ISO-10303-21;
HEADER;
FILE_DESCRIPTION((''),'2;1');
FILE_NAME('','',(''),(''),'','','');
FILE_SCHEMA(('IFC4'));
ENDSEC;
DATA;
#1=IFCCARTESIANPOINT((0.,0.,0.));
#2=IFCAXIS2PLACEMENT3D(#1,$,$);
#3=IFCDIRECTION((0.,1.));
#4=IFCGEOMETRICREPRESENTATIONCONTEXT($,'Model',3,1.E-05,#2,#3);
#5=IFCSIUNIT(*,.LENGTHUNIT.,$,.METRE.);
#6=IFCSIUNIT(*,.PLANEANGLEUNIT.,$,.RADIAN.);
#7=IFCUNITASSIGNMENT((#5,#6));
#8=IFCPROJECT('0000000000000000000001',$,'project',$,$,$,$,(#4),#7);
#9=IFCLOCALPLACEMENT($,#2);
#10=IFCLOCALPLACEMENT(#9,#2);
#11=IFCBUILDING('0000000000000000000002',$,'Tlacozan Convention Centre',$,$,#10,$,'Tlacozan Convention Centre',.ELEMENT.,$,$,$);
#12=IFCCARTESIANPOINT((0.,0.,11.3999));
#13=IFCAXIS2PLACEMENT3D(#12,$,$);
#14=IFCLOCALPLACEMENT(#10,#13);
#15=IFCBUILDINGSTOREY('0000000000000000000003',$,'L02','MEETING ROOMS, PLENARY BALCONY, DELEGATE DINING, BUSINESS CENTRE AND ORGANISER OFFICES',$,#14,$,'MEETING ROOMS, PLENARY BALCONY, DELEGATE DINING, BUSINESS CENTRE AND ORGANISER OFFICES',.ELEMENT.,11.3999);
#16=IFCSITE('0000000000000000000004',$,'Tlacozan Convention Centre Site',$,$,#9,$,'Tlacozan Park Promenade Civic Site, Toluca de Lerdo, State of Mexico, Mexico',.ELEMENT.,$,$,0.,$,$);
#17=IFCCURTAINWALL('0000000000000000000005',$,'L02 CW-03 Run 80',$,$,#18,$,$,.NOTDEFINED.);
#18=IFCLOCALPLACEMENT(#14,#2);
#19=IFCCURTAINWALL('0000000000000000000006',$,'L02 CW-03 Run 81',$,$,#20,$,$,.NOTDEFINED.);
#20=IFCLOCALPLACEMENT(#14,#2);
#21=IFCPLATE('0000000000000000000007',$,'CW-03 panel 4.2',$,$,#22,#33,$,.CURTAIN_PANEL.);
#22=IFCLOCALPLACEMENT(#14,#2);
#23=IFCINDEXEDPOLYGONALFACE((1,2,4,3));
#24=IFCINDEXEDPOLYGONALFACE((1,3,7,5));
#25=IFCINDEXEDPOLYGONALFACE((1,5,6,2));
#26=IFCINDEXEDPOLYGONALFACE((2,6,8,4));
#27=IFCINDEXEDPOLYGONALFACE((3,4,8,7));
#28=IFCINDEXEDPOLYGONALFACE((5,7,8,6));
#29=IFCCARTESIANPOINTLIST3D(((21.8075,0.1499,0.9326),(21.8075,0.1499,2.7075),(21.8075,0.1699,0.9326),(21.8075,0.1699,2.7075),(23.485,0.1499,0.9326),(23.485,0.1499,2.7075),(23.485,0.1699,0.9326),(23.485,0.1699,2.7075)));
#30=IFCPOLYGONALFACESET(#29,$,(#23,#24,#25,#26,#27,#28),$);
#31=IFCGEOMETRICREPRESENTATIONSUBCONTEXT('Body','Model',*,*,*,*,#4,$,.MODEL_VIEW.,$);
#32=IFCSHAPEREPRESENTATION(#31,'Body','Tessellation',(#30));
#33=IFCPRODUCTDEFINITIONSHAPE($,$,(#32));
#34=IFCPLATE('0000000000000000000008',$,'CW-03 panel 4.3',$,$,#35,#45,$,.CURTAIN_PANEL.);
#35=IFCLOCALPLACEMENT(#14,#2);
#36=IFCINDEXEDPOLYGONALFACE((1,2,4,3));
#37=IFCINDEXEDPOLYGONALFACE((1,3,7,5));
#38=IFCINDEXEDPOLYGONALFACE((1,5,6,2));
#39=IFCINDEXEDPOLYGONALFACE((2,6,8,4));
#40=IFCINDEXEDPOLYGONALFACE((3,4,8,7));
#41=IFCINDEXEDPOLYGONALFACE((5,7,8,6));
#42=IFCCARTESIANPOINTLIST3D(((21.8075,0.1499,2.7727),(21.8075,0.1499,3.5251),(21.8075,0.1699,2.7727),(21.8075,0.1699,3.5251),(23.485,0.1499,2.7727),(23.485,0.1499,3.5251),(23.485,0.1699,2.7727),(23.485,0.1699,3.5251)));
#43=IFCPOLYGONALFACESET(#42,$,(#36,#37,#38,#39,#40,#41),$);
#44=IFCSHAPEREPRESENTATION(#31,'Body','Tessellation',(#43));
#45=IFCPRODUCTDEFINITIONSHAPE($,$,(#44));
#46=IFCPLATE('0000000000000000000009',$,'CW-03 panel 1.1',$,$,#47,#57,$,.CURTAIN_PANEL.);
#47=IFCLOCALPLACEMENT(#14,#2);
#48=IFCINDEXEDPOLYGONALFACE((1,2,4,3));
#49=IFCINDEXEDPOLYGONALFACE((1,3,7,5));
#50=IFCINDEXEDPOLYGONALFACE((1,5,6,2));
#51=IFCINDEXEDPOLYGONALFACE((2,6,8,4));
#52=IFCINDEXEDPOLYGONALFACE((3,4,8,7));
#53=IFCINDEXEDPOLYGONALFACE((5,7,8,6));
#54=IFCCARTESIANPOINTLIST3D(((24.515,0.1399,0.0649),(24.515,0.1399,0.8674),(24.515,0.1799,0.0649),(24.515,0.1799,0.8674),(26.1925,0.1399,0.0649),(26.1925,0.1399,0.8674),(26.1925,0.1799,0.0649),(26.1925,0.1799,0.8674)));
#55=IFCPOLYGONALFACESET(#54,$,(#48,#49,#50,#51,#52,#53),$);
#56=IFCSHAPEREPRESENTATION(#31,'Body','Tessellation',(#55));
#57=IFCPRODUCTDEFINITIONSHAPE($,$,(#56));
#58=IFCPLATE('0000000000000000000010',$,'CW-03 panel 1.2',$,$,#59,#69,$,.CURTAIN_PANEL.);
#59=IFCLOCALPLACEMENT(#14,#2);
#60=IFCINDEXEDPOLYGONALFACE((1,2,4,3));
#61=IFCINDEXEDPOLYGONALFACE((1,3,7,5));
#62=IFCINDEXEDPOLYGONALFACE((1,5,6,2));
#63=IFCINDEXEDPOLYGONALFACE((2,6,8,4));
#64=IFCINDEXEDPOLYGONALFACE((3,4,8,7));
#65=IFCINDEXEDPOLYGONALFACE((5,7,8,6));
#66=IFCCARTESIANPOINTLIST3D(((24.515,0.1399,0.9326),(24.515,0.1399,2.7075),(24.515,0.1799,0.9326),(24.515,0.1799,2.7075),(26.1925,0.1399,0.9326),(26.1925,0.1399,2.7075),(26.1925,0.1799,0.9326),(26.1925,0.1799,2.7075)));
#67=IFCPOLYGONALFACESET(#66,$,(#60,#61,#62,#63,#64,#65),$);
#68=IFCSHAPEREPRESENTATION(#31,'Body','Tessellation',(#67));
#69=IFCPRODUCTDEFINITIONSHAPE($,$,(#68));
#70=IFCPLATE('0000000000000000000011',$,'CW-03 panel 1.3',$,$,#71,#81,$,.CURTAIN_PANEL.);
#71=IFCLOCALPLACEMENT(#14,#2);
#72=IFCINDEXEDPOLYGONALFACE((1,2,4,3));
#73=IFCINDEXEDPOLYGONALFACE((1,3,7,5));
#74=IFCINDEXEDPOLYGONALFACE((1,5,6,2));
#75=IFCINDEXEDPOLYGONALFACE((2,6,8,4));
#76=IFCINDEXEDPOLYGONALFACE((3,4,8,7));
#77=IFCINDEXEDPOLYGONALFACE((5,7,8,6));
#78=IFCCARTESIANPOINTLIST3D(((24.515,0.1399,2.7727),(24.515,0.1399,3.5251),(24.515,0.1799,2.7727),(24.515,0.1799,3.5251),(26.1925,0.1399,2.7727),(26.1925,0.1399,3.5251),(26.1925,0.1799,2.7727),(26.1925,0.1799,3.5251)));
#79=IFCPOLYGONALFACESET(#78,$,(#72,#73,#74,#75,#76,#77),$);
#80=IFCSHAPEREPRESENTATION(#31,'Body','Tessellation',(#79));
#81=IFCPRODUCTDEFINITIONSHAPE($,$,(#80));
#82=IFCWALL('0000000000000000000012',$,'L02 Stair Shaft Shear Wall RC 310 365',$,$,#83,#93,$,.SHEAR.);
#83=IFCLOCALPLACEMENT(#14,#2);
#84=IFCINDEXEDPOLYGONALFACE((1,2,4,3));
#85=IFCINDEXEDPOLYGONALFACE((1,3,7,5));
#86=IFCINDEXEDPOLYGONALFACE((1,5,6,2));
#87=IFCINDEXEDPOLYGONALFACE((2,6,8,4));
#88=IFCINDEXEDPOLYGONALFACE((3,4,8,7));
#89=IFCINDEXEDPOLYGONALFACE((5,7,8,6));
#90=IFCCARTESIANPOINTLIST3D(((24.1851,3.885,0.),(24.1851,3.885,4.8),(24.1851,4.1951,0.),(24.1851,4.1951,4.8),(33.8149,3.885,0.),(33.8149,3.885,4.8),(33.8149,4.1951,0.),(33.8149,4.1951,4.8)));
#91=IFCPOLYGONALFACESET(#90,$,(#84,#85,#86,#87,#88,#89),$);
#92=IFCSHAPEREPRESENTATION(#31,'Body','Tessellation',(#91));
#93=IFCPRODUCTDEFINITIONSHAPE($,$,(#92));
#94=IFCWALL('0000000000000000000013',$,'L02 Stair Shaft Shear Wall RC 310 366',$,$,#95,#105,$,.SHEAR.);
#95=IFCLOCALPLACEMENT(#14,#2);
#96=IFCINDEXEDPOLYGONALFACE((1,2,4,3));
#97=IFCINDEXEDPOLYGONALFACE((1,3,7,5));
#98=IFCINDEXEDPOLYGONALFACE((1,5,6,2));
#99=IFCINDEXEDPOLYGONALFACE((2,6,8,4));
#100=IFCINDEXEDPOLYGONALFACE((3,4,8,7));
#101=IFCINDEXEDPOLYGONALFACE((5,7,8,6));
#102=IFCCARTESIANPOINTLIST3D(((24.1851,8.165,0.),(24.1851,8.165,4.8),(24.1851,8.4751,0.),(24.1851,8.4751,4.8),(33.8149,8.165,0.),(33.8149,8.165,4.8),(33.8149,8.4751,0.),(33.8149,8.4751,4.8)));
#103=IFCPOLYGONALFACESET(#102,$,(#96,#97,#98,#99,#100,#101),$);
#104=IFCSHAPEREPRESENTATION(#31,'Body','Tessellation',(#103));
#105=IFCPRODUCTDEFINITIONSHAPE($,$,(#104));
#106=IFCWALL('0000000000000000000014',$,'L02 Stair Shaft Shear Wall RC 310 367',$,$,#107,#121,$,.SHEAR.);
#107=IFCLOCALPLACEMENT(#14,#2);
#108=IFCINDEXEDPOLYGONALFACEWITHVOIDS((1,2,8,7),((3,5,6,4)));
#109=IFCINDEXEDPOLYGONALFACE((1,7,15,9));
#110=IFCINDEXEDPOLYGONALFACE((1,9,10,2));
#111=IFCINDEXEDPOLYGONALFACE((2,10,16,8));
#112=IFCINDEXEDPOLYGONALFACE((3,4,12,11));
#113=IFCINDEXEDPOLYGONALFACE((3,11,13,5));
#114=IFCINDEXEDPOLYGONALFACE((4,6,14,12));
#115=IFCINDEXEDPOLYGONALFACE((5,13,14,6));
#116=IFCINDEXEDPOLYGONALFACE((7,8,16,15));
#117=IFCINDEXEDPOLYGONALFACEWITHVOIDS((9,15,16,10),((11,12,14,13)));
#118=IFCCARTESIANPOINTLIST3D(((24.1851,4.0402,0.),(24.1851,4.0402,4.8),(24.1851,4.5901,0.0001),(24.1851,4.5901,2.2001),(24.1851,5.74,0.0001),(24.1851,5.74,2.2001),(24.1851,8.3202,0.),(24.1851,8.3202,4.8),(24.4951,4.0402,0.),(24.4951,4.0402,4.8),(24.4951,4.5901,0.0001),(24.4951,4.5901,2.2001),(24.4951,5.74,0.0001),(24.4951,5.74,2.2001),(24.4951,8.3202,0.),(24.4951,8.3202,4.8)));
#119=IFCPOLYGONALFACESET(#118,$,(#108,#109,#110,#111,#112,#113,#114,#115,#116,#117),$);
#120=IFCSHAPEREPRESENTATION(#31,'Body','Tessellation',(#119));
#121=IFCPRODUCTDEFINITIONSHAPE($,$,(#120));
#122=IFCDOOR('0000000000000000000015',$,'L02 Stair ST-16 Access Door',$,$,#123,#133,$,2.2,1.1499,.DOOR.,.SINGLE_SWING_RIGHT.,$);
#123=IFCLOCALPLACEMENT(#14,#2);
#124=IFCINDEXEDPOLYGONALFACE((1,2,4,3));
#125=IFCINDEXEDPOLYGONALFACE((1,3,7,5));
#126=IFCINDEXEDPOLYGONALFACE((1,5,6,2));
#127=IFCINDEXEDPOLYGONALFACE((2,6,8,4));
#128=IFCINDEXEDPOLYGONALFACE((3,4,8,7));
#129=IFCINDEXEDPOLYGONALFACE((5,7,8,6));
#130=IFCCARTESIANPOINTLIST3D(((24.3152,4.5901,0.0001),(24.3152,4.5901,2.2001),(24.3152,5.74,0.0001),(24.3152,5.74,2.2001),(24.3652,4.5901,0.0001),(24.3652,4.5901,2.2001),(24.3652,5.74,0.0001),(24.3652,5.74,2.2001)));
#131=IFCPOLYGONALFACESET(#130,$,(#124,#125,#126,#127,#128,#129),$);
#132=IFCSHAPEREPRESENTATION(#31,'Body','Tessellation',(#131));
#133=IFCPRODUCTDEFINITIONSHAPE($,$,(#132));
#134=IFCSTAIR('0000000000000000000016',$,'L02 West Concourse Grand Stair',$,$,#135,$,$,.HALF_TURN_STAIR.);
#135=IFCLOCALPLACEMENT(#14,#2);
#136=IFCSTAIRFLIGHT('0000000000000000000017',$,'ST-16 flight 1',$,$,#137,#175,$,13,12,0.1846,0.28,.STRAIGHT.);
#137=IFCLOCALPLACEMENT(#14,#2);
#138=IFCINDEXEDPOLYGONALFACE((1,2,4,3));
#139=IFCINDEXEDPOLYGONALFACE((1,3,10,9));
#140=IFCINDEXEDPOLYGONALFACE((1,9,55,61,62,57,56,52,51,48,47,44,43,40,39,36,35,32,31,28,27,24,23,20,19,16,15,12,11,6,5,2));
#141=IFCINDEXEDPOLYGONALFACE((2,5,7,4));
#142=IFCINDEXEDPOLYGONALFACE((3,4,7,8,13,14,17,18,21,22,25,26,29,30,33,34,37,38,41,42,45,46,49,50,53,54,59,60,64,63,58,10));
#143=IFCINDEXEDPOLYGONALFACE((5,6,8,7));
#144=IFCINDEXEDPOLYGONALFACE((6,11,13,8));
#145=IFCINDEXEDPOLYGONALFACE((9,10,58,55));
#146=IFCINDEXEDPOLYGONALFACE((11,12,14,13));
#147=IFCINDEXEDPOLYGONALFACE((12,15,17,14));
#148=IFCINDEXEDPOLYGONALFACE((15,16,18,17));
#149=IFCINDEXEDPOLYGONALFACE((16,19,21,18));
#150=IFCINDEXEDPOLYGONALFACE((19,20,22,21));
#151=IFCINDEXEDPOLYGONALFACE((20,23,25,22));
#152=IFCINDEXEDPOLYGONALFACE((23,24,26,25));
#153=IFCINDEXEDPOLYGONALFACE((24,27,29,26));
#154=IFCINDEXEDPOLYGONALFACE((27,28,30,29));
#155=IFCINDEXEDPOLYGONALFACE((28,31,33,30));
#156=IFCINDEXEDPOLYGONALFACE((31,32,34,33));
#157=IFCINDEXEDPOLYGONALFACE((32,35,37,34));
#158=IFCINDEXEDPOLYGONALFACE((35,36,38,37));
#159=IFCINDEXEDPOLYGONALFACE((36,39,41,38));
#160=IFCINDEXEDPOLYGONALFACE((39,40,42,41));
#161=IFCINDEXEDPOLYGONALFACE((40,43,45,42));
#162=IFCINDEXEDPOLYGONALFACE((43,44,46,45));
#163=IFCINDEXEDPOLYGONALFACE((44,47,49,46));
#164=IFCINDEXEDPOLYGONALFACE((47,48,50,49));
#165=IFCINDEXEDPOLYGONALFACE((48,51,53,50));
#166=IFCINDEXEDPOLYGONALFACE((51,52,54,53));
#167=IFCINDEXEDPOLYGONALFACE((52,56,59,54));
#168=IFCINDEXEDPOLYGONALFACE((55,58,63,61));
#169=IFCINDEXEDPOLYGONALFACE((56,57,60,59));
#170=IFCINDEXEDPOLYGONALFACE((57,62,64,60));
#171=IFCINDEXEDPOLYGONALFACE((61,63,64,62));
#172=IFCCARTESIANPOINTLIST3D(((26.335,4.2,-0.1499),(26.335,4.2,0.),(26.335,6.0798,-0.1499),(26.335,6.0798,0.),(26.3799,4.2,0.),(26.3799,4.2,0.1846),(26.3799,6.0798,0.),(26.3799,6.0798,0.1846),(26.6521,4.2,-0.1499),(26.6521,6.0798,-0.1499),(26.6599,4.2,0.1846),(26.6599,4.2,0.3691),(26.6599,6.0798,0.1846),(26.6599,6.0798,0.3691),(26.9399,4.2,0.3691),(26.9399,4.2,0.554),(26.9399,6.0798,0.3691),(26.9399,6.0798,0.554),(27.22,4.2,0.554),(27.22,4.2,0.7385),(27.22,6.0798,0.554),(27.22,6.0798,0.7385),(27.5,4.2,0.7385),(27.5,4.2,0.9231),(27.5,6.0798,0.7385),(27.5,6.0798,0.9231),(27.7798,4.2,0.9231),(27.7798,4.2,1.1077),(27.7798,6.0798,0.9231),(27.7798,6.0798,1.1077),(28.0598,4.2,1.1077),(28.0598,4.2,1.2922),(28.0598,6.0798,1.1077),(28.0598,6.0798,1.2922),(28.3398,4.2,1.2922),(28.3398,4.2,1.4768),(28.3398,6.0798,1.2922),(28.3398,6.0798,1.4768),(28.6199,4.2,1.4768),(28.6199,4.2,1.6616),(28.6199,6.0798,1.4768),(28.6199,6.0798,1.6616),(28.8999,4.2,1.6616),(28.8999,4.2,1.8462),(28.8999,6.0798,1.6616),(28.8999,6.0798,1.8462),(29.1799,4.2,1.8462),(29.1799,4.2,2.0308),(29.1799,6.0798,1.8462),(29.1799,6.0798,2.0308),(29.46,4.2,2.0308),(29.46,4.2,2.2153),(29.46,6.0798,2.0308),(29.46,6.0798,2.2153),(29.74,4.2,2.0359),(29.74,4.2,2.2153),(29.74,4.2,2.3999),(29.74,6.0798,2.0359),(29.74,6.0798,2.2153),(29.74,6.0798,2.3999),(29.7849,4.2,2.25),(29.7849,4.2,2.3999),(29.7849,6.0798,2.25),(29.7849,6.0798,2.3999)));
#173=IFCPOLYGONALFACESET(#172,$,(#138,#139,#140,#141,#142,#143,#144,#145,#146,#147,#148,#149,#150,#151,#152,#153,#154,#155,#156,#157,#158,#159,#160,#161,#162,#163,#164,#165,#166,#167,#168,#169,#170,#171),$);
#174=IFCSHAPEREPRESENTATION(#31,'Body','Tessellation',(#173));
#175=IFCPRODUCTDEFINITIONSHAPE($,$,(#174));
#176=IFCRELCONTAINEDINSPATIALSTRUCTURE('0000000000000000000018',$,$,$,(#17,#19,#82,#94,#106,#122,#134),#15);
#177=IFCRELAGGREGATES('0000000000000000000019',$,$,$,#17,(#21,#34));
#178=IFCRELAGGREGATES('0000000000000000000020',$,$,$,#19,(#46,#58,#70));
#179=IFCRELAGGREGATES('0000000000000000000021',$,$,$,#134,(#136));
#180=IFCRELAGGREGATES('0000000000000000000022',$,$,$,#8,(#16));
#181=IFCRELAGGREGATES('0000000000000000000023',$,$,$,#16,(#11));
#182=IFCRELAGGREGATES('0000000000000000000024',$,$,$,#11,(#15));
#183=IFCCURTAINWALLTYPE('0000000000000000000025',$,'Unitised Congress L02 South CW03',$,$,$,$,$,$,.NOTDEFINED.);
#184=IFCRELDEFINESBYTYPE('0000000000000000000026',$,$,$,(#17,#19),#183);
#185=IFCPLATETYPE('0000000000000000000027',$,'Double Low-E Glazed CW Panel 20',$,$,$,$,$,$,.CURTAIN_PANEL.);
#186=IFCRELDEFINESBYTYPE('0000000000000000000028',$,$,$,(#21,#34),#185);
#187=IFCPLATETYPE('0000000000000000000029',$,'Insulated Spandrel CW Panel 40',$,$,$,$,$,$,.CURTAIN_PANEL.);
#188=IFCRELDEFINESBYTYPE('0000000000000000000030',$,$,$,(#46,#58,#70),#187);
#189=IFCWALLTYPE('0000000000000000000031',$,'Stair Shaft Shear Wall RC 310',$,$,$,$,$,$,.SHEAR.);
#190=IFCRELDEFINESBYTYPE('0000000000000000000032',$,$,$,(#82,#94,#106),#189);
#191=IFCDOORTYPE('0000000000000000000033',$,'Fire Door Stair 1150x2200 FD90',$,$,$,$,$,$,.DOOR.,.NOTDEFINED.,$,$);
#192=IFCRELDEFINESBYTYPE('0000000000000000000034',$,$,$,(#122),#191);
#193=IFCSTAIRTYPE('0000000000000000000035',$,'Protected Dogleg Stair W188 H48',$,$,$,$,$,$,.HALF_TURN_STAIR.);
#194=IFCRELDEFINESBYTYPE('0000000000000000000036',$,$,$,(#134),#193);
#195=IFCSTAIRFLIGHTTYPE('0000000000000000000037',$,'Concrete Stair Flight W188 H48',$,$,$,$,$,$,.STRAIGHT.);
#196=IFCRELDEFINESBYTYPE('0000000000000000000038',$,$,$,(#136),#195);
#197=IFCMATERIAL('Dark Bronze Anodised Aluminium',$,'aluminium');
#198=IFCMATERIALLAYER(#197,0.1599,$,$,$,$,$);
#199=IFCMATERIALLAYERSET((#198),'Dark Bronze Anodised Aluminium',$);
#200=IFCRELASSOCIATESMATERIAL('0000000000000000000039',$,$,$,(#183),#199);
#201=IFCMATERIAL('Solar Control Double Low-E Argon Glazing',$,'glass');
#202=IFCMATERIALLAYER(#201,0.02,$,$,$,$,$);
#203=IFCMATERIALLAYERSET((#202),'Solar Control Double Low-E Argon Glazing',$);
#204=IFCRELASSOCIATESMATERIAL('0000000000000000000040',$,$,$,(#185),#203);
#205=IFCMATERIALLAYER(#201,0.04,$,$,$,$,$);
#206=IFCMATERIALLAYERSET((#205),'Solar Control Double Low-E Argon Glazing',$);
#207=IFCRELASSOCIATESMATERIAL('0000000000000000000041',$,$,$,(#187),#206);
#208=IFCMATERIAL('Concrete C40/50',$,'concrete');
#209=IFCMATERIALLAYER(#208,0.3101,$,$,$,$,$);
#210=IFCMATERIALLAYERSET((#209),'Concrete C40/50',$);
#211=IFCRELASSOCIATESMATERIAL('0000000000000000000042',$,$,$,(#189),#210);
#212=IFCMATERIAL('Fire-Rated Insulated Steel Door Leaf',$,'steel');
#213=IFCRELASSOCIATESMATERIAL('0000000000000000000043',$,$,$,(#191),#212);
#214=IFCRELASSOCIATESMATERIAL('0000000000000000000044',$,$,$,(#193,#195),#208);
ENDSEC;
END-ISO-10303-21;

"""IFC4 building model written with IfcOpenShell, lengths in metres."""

from ifc_helpers import new_model, si_unit, direction, frame, frame_2d, origin, origin_2d, place, context, subcontext, project, spatial, polyline, rectangle, outline, extrude, material, layer, layer_set, type_object, element, fill, aggregate, save


model = new_model("IFC4")

# Units and contexts
model_context = context("Model", 3, precision=1e-05, world=origin(), true_north=direction((0.0, 1.0)))
body_context = subcontext(model_context, "Body", "Model", "MODEL_VIEW")
ifc_project = project(units=[si_unit("LENGTHUNIT", "METRE"), si_unit("PLANEANGLEUNIT", "RADIAN")], contexts=[model_context])

# Site, building, storey
site_placement = place(None, origin())
site = spatial("IfcSite", under=ifc_project, at=site_placement, Name="Tlacozan Convention Centre Site", LongName="Tlacozan Park Promenade Civic Site, Toluca de Lerdo, State of Mexico, Mexico", CompositionType="ELEMENT", RefElevation=0.0)
building_placement = place(site_placement, origin())
building = spatial("IfcBuilding", under=site, at=building_placement, Name="Tlacozan Convention Centre", LongName="Tlacozan Convention Centre", CompositionType="ELEMENT")
storey_placement = place(building_placement, frame((0.0, 0.0, 11.3999)))
storey = spatial("IfcBuildingStorey", under=building, at=storey_placement, Name="L02", Description="MEETING ROOMS, PLENARY BALCONY, DELEGATE DINING, BUSINESS CENTRE AND ORGANISER OFFICES", LongName="MEETING ROOMS, PLENARY BALCONY, DELEGATE DINING, BUSINESS CENTRE AND ORGANISER OFFICES", CompositionType="ELEMENT", Elevation=11.3999)

# Shared definitions
ifc_material_1 = material(Name="Concrete C40/50", Category="concrete")

# Curtain wall
ifc_material_2 = material(Name="Dark Bronze Anodised Aluminium", Category="aluminium")
ifc_layer_1 = layer(ifc_material_2, 0.1599)
ifc_layer_set_1 = layer_set([ifc_layer_1], Name="Dark Bronze Anodised Aluminium")
curtain_wall_type = type_object("IfcCurtainWallType", Name="Unitised Congress L02 South CW03", PredefinedType="NOTDEFINED", material=ifc_layer_set_1)
curtain_wall_1_placement = place(storey_placement, origin())
curtain_wall_1 = element("IfcCurtainWall", 1, at=curtain_wall_1_placement, inside=storey, type_object=curtain_wall_type, Name="L02 CW-03 Run 80", PredefinedType="NOTDEFINED")

# Curtain wall
curtain_wall_2_placement = place(storey_placement, origin())
curtain_wall_2 = element("IfcCurtainWall", 2, at=curtain_wall_2_placement, inside=storey, type_object=curtain_wall_type, Name="L02 CW-03 Run 81", PredefinedType="NOTDEFINED")

# Plates
ifc_material_3 = material(Name="Solar Control Double Low-E Argon Glazing", Category="glass")
ifc_layer_2 = layer(ifc_material_3, 0.02)
ifc_layer_set_2 = layer_set([ifc_layer_2], Name="Solar Control Double Low-E Argon Glazing")
plate_type_1 = type_object("IfcPlateType", Name="Double Low-E Glazed CW Panel 20", PredefinedType="CURTAIN_PANEL", material=ifc_layer_set_2)
plate_1_placement = place(storey_placement, frame((22.6462, 0.1599, 0.9326), z_axis=(0.0, 0.0, 1.0), x_axis=(1.0, 0.0, 0.0)))
plate_1 = element("IfcPlate", 3, at=plate_1_placement, type_object=plate_type_1, Name="CW-03 panel 4.2", PredefinedType="CURTAIN_PANEL", context=body_context, shape_type="SweptSolid", body=[
    extrude(rectangle(XDim=1.6775, YDim=0.02, at=origin_2d()), origin(), (0.0, 0.0, 1.0), 1.7749),
])
plate_2_placement = place(storey_placement, frame((22.6462, 0.1599, 2.7727), z_axis=(0.0, 0.0, 1.0), x_axis=(1.0, 0.0, 0.0)))
plate_2 = element("IfcPlate", 4, at=plate_2_placement, type_object=plate_type_1, Name="CW-03 panel 4.3", PredefinedType="CURTAIN_PANEL", context=body_context, shape_type="SweptSolid", body=[
    extrude(rectangle(XDim=1.6775, YDim=0.02, at=origin_2d()), origin(), (0.0, 0.0, 1.0), 0.7524),
])
aggregate(curtain_wall_1, [plate_1, plate_2])
ifc_layer_3 = layer(ifc_material_3, 0.04)
ifc_layer_set_3 = layer_set([ifc_layer_3], Name="Solar Control Double Low-E Argon Glazing")
plate_type_2 = type_object("IfcPlateType", Name="Insulated Spandrel CW Panel 40", PredefinedType="CURTAIN_PANEL", material=ifc_layer_set_3)
plate_3_placement = place(storey_placement, frame((25.3538, 0.1599, 0.0649), z_axis=(0.0, 0.0, 1.0), x_axis=(1.0, 0.0, 0.0)))
plate_3 = element("IfcPlate", 5, at=plate_3_placement, type_object=plate_type_2, Name="CW-03 panel 1.1", PredefinedType="CURTAIN_PANEL", context=body_context, shape_type="SweptSolid", body=[
    extrude(rectangle(XDim=1.6775, YDim=0.04, at=origin_2d()), origin(), (0.0, 0.0, 1.0), 0.8025),
])
plate_4_placement = place(storey_placement, frame((25.3538, 0.1599, 0.9326), z_axis=(0.0, 0.0, 1.0), x_axis=(1.0, 0.0, 0.0)))
plate_4 = element("IfcPlate", 6, at=plate_4_placement, type_object=plate_type_2, Name="CW-03 panel 1.2", PredefinedType="CURTAIN_PANEL", context=body_context, shape_type="SweptSolid", body=[
    extrude(rectangle(XDim=1.6775, YDim=0.04, at=origin_2d()), origin(), (0.0, 0.0, 1.0), 1.7749),
])
plate_5_placement = place(storey_placement, frame((25.3538, 0.1599, 2.7727), z_axis=(0.0, 0.0, 1.0), x_axis=(1.0, 0.0, 0.0)))
plate_5 = element("IfcPlate", 7, at=plate_5_placement, type_object=plate_type_2, Name="CW-03 panel 1.3", PredefinedType="CURTAIN_PANEL", context=body_context, shape_type="SweptSolid", body=[
    extrude(rectangle(XDim=1.6775, YDim=0.04, at=origin_2d()), origin(), (0.0, 0.0, 1.0), 0.7524),
])
aggregate(curtain_wall_2, [plate_3, plate_4, plate_5])

# Walls
ifc_layer_4 = layer(ifc_material_1, 0.3101)
ifc_layer_set_4 = layer_set([ifc_layer_4], Name="Concrete C40/50")
wall_type = type_object("IfcWallType", Name="Stair Shaft Shear Wall RC 310", PredefinedType="SHEAR", material=ifc_layer_set_4)
for number, where, z_axis, x_axis, name in (
    (8, (24.1851, 4.04, 0.0), (0.0, 0.0, 1.0), (1.0, 0.0, 0.0), "L02 Stair Shaft Shear Wall RC 310 365"),
    (9, (24.1851, 8.3201, 0.0), (0.0, 0.0, 1.0), (1.0, 0.0, 0.0), "L02 Stair Shaft Shear Wall RC 310 366"),
):
    element("IfcWall", number, at=place(storey_placement, frame(where, z_axis=z_axis, x_axis=x_axis)), inside=storey, type_object=wall_type, Name=name, PredefinedType="SHEAR", context=body_context, shape_type="SweptSolid", body=[
        extrude(rectangle(XDim=9.6299, YDim=0.3101, at=frame_2d((4.8149, 0.0))), origin(), (0.0, 0.0, 1.0), 4.8),
    ])

# Wall, opening, door
wall_placement = place(storey_placement, frame((24.3401, 4.04, 0.0), z_axis=(0.0, 0.0, 1.0), x_axis=(0.0, 1.0, 0.0)))
wall = element("IfcWall", 10, at=wall_placement, inside=storey, type_object=wall_type, Name="L02 Stair Shaft Shear Wall RC 310 367", PredefinedType="SHEAR", context=body_context, shape_type="SweptSolid", body=[
    extrude(rectangle(XDim=4.28, YDim=0.3101, at=frame_2d((2.1401, 0.0))), origin(), (0.0, 0.0, 1.0), 4.8),
])
opening_placement = place(wall_placement, frame((0.55, 0.0, 0.0)))
opening = element("IfcOpeningElement", 11, at=opening_placement, cuts=wall, PredefinedType="OPENING", context=body_context, shape_type="SweptSolid", body=[
    extrude(rectangle(XDim=1.1499, YDim=2.2, at=frame_2d((0.575, 1.1001))), frame((0.0, 0.165, 0.0), z_axis=(0.0, -1.0, 0.0), x_axis=(1.0, 0.0, 0.0)), (0.0, 0.0, 1.0), 0.3301),
])
ifc_material_4 = material(Name="Fire-Rated Insulated Steel Door Leaf", Category="steel")
door_type = type_object("IfcDoorType", Name="Fire Door Stair 1150x2200 FD90", OperationType="NOTDEFINED", PredefinedType="DOOR", material=ifc_material_4)
door_placement = place(opening_placement, origin())
door = element("IfcDoor", 12, at=door_placement, inside=storey, type_object=door_type, Name="L02 Stair ST-16 Access Door", OperationType="SINGLE_SWING_RIGHT", OverallHeight=2.2, OverallWidth=1.1499, PredefinedType="DOOR", context=body_context, shape_type="SweptSolid", body=[
    extrude(rectangle(XDim=1.1499, YDim=2.2, at=frame_2d((0.575, 1.1001))), frame((0.0, 0.0249, 0.0), z_axis=(0.0, -1.0, 0.0), x_axis=(1.0, 0.0, 0.0)), (0.0, 0.0, 1.0), 0.05),
])
fill(opening, door)

# Stair, stair flight
stair_type = type_object("IfcStairType", Name="Protected Dogleg Stair W188 H48", PredefinedType="HALF_TURN_STAIR", material=ifc_material_1)
stair_placement = place(storey_placement, origin())
stair = element("IfcStair", 13, at=stair_placement, inside=storey, type_object=stair_type, Name="L02 West Concourse Grand Stair", PredefinedType="HALF_TURN_STAIR")
stair_flight_type = type_object("IfcStairFlightType", Name="Concrete Stair Flight W188 H48", PredefinedType="STRAIGHT", material=ifc_material_1)
stair_flight_placement = place(storey_placement, frame((26.3799, 5.1399, 0.0), z_axis=(0.0, 0.0, 1.0), x_axis=(1.0, 0.0, 0.0)))
stair_flight = element("IfcStairFlight", 14, at=stair_flight_placement, type_object=stair_flight_type, Name="ST-16 flight 1", NumberOfRisers=13, NumberOfTreads=12, PredefinedType="STRAIGHT", RiserHeight=0.1846, TreadLength=0.28, context=body_context, shape_type="SweptSolid", body=[
    extrude(outline(polyline([(-0.0449, -0.1499), (-0.0449, 0.0), (0.0, 0.0), (0.0, 0.1846), (0.28, 0.1846), (0.28, 0.3691), (0.5601, 0.3691), (0.5601, 0.554), (0.8401, 0.554), (0.8401, 0.7385), (1.1201, 0.7385), (1.1201, 0.9231), (1.3999, 0.9231), (1.3999, 1.1077), (1.6799, 1.1077), (1.6799, 1.2922), (1.96, 1.2922), (1.96, 1.4768), (2.24, 1.4768), (2.24, 1.6616), (2.52, 1.6616), (2.52, 1.8462), (2.8, 1.8462), (2.8, 2.0308), (3.0801, 2.0308), (3.0801, 2.2153), (3.3601, 2.2153), (3.3601, 2.3999), (3.405, 2.3999), (3.405, 2.25), (3.3601, 2.0359), (0.2722, -0.1499), (-0.0449, -0.1499)])), frame((0.0, 0.9399, 0.0), z_axis=(0.0, -1.0, 0.0), x_axis=(1.0, 0.0, 0.0)), (0.0, 0.0, 1.0), 1.8799),
])
aggregate(stair, [stair_flight])

save(model, "model.ifc")
